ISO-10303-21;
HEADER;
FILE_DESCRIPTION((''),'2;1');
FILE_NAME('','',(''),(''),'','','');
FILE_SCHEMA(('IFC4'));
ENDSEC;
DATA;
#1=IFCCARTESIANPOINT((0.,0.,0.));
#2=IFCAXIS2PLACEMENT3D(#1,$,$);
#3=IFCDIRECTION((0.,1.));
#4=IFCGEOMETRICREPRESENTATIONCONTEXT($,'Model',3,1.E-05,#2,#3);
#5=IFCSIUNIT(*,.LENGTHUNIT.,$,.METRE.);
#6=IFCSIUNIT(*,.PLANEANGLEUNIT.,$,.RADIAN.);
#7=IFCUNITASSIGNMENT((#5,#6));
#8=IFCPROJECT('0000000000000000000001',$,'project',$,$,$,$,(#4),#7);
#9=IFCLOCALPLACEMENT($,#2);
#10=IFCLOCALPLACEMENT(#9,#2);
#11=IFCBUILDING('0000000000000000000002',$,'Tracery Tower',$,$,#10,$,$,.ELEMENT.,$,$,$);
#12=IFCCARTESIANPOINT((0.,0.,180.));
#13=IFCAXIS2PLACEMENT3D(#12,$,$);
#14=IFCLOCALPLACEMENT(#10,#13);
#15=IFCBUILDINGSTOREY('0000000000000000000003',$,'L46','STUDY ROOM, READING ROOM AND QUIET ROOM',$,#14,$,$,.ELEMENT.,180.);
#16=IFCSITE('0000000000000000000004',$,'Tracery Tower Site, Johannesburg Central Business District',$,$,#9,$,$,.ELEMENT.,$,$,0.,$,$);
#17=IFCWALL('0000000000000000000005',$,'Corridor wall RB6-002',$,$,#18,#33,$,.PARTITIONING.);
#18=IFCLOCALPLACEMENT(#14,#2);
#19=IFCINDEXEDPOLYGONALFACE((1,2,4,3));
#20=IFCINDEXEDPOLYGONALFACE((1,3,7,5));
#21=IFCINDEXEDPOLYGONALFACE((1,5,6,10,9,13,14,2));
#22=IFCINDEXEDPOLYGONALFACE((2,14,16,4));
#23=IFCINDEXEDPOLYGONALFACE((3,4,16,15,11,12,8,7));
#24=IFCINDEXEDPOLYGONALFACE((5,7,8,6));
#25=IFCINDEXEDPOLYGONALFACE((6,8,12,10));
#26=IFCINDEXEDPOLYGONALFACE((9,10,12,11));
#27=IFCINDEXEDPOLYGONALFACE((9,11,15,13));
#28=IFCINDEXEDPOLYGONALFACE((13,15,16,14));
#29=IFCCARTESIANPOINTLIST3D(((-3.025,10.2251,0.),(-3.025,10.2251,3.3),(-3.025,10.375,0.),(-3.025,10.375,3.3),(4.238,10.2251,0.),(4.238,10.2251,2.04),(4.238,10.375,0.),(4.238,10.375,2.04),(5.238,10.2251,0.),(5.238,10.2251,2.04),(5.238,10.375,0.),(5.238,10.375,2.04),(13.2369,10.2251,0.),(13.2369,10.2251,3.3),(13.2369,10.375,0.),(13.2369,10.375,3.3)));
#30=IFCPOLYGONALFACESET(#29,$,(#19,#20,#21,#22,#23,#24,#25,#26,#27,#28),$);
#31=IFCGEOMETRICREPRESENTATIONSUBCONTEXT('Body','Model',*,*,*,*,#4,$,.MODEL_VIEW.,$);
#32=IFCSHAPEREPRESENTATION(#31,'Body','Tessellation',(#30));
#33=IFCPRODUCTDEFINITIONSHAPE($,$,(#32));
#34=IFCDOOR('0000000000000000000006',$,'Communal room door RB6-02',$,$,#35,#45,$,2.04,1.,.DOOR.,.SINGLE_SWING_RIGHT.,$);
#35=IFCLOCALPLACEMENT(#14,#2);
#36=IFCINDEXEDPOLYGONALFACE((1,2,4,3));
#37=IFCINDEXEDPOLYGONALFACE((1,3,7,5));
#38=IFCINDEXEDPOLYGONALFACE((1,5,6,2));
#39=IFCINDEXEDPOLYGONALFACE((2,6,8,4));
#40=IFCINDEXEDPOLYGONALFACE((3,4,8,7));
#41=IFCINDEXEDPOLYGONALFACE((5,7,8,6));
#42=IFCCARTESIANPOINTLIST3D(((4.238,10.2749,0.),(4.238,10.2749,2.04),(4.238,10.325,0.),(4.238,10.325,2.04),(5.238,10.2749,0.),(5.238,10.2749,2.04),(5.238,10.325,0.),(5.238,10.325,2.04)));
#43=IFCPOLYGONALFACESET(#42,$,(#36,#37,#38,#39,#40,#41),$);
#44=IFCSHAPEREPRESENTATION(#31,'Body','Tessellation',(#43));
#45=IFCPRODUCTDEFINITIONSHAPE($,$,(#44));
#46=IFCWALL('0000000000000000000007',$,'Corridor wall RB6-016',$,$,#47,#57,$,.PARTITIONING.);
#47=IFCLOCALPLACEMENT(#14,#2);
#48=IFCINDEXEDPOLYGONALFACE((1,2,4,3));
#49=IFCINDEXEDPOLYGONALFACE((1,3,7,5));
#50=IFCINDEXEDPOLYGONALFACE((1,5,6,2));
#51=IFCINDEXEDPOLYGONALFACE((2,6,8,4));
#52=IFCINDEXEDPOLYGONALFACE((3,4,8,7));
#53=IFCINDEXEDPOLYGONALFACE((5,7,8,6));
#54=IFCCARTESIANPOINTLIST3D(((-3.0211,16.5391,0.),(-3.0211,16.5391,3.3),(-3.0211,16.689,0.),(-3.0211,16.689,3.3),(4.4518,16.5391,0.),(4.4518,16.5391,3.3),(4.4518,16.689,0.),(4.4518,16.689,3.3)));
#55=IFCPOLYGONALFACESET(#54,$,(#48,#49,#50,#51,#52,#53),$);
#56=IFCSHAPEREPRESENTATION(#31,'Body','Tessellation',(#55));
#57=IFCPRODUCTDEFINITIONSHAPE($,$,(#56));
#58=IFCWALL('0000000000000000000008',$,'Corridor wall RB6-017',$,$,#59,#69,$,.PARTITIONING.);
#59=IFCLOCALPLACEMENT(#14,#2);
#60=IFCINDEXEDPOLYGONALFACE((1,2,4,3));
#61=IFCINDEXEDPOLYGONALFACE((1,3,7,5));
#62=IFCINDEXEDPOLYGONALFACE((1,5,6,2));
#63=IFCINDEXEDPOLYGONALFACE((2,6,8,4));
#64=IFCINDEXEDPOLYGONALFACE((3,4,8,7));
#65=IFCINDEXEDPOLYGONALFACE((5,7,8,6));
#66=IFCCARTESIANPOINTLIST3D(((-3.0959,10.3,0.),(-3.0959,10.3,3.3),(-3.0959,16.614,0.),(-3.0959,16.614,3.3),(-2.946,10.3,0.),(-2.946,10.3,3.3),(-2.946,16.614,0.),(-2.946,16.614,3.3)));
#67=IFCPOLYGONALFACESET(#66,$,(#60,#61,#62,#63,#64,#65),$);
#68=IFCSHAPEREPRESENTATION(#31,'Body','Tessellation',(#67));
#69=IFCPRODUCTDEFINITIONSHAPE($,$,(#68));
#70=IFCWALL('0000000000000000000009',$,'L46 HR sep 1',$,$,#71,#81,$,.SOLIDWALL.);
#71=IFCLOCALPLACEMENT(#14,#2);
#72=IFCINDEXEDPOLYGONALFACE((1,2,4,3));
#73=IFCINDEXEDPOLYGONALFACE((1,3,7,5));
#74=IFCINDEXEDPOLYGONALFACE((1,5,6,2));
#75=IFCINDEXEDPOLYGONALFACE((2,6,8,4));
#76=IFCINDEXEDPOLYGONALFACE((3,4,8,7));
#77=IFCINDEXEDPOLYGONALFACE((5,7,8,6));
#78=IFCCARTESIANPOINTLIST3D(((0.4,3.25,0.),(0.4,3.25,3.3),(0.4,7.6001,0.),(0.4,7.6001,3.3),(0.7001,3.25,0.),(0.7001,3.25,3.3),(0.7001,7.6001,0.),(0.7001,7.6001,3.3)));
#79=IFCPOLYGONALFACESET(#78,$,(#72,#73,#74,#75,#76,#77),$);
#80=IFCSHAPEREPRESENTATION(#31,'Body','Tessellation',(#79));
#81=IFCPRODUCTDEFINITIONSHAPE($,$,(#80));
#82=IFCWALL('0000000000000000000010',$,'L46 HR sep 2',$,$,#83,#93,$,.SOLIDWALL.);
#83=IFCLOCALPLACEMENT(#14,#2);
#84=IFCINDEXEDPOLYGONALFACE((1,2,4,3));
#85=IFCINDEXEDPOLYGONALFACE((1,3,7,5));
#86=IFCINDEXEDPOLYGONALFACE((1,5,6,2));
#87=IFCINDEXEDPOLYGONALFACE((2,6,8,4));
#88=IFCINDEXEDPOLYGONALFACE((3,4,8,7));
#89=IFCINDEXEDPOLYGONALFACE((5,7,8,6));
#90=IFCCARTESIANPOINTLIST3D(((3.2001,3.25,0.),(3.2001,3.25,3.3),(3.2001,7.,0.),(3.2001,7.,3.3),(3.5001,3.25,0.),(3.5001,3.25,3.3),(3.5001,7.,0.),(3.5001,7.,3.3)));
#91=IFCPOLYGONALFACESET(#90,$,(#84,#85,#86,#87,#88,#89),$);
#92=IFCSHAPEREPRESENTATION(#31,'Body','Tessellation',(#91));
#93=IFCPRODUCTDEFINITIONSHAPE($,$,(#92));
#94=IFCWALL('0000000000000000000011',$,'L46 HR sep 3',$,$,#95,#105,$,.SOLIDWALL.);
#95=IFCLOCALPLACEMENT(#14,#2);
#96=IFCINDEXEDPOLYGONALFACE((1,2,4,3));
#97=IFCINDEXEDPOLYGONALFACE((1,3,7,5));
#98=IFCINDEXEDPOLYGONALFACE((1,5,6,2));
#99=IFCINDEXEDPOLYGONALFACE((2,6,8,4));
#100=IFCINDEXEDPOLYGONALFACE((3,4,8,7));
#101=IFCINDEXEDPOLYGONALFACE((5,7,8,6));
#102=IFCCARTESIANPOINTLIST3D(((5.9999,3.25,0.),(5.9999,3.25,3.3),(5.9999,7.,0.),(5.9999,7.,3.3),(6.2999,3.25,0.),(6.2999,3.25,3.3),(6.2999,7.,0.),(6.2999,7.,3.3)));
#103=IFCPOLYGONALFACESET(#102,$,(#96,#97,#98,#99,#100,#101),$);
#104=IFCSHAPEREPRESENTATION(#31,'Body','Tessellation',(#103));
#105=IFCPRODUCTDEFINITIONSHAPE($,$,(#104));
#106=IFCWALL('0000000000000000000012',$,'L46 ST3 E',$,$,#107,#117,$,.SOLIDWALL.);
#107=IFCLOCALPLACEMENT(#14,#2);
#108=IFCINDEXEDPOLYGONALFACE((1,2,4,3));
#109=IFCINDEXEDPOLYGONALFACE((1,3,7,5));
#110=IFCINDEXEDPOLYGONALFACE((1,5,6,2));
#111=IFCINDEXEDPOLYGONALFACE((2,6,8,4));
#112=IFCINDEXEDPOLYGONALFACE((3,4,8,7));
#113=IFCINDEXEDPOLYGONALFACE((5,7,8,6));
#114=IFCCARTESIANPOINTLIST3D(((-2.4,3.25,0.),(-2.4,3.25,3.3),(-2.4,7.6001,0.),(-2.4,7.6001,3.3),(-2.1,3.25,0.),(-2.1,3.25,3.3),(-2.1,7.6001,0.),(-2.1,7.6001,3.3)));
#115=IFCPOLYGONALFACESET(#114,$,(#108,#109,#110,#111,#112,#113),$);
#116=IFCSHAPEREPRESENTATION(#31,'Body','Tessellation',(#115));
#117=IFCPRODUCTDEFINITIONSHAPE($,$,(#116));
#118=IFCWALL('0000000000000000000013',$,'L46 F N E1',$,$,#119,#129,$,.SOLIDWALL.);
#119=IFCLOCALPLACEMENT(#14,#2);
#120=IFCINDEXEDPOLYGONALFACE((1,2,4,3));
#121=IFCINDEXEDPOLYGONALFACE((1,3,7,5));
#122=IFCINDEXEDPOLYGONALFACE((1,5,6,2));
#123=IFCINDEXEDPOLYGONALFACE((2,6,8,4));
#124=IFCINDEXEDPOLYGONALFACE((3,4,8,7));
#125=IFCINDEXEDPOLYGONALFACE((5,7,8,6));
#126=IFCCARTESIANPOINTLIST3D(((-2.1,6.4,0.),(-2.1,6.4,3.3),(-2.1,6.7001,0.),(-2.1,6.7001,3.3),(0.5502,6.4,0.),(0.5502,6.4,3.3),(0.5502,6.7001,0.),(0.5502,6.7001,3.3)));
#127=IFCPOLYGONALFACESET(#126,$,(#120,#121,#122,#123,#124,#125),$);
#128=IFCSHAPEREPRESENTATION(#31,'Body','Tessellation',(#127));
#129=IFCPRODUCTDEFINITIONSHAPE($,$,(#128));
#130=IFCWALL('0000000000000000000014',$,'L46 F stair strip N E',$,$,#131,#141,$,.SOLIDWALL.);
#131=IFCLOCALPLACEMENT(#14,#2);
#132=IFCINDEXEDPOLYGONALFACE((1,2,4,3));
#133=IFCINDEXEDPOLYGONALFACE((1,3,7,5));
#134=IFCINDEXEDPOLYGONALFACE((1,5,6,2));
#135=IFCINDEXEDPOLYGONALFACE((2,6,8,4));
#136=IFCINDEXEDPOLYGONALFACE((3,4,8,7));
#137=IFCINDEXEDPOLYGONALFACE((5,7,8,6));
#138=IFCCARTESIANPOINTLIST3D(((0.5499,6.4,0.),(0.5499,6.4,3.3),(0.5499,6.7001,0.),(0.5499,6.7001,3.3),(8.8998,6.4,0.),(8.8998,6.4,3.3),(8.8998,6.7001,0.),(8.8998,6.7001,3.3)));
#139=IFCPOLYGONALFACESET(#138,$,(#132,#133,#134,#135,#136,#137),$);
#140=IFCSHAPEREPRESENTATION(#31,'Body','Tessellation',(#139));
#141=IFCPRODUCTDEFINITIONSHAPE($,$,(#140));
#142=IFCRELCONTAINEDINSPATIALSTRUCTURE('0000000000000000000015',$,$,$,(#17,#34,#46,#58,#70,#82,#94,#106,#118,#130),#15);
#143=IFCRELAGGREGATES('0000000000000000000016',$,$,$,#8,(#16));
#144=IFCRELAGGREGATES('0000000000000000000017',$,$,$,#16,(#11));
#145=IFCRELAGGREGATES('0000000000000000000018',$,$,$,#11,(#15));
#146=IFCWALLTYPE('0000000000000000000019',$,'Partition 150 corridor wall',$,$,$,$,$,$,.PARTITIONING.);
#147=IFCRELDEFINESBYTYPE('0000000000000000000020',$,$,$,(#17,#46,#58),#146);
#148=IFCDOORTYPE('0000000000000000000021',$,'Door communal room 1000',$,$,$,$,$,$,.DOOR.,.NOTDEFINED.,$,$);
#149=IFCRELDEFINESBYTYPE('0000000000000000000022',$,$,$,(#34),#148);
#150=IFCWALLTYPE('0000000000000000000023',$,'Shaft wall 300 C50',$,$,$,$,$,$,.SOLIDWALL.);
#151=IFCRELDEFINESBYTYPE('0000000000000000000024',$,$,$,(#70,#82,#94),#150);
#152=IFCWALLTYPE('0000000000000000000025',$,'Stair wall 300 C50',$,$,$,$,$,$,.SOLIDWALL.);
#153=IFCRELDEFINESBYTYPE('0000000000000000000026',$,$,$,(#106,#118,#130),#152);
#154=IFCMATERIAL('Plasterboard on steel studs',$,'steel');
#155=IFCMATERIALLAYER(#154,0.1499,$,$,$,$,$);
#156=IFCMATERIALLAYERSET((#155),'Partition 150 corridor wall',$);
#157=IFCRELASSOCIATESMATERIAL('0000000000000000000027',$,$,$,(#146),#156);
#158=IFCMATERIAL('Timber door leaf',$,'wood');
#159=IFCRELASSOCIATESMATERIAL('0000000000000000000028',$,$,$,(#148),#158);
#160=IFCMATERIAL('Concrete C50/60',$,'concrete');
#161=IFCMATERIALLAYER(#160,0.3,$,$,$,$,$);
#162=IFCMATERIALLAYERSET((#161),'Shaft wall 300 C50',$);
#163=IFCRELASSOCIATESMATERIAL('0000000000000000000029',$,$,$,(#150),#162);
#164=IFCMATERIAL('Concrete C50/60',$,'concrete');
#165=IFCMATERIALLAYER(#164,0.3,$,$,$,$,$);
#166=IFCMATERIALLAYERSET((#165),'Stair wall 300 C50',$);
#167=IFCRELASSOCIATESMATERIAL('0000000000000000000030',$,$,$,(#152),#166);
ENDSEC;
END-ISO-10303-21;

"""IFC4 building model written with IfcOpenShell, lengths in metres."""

from ifc_helpers import new_model, si_unit, direction, frame, frame_2d, origin, place, context, subcontext, project, spatial, rectangle, extrude, material, layer, layer_set, type_object, element, fill, save


model = new_model("IFC4")

# Units and contexts
model_context = context("Model", 3, precision=1e-05, world=origin(), true_north=direction((0.0, 1.0)))
body_context = subcontext(model_context, "Body", "Model", "MODEL_VIEW")
ifc_project = project(units=[si_unit("LENGTHUNIT", "METRE"), si_unit("PLANEANGLEUNIT", "RADIAN")], contexts=[model_context])

# Site, building, storey
site_placement = place(None, origin())
site = spatial("IfcSite", under=ifc_project, at=site_placement, Name="Tracery Tower Site, Johannesburg Central Business District", CompositionType="ELEMENT", RefElevation=0.0)
building_placement = place(site_placement, origin())
building = spatial("IfcBuilding", under=site, at=building_placement, Name="Tracery Tower", CompositionType="ELEMENT")
storey_placement = place(building_placement, frame((0.0, 0.0, 180.0)))
storey = spatial("IfcBuildingStorey", under=building, at=storey_placement, Name="L46", Description="STUDY ROOM, READING ROOM AND QUIET ROOM", CompositionType="ELEMENT", Elevation=180.0)

# Wall, opening, door
ifc_material_1 = material(Name="Plasterboard on steel studs", Category="steel")
ifc_layer_1 = layer(ifc_material_1, 0.1499)
ifc_layer_set_1 = layer_set([ifc_layer_1], Name="Partition 150 corridor wall")
wall_type_1 = type_object("IfcWallType", Name="Partition 150 corridor wall", PredefinedType="PARTITIONING", material=ifc_layer_set_1)
wall_1_placement = place(storey_placement, frame((-3.0249, 10.3, 0.0), z_axis=(0.0, 0.0, 1.0), x_axis=(1.0, 0.0, 0.0)))
wall_1 = element("IfcWall", 1, at=wall_1_placement, inside=storey, type_object=wall_type_1, Name="Corridor wall RB6-002", PredefinedType="PARTITIONING", context=body_context, shape_type="SweptSolid", body=[
    extrude(rectangle(XDim=16.262, YDim=0.1499, at=frame_2d((8.1309, 0.0))), origin(), (0.0, 0.0, 1.0), 3.3),
])
opening_1_placement = place(wall_1_placement, frame((7.2629, 0.0, 0.0)))
opening_1 = element("IfcOpeningElement", 2, at=opening_1_placement, cuts=wall_1, PredefinedType="OPENING", context=body_context, shape_type="SweptSolid", body=[
    extrude(rectangle(XDim=1.0, YDim=2.04, at=frame_2d((0.5, 1.02))), frame((0.0, 0.075, 0.0), z_axis=(0.0, -1.0, 0.0), x_axis=(1.0, 0.0, 0.0)), (0.0, 0.0, 1.0), 0.1499),
])
ifc_material_2 = material(Name="Timber door leaf", Category="wood")
door_type_1 = type_object("IfcDoorType", Name="Door communal room 1000", OperationType="NOTDEFINED", PredefinedType="DOOR", material=ifc_material_2)
door_1_placement = place(opening_1_placement, origin())
door_1 = element("IfcDoor", 3, at=door_1_placement, inside=storey, type_object=door_type_1, Name="Communal room door RB6-02", OperationType="SINGLE_SWING_RIGHT", OverallHeight=2.04, OverallWidth=1.0, PredefinedType="DOOR", context=body_context, shape_type="SweptSolid", body=[
    extrude(rectangle(XDim=1.0, YDim=2.04, at=frame_2d((0.5, 1.02))), frame((0.0, 0.0249, 0.0), z_axis=(0.0, -1.0, 0.0), x_axis=(1.0, 0.0, 0.0)), (0.0, 0.0, 1.0), 0.05),
])
fill(opening_1, door_1)

# Walls
wall_2_placement = place(storey_placement, frame((-3.021, 16.614, 0.0), z_axis=(0.0, 0.0, 1.0), x_axis=(1.0, 0.0, 0.0)))
element("IfcWall", 4, at=wall_2_placement, inside=storey, type_object=wall_type_1, Name="Corridor wall RB6-016", PredefinedType="PARTITIONING", context=body_context, shape_type="SweptSolid", body=[
    extrude(rectangle(XDim=7.4729, YDim=0.1499, at=frame_2d((3.7363, 0.0))), origin(), (0.0, 0.0, 1.0), 3.3),
])
wall_3_placement = place(storey_placement, frame((-3.021, 10.3, 0.0), z_axis=(0.0, 0.0, 1.0), x_axis=(0.0, 1.0, 0.0)))
element("IfcWall", 5, at=wall_3_placement, inside=storey, type_object=wall_type_1, Name="Corridor wall RB6-017", PredefinedType="PARTITIONING", context=body_context, shape_type="SweptSolid", body=[
    extrude(rectangle(XDim=6.314, YDim=0.1499, at=frame_2d((3.157, 0.0))), origin(), (0.0, 0.0, 1.0), 3.3),
])
ifc_material_3 = material(Name="Concrete C50/60", Category="concrete")
ifc_layer_2 = layer(ifc_material_3, 0.3)
ifc_layer_set_2 = layer_set([ifc_layer_2], Name="Shaft wall 300 C50")
wall_type_2 = type_object("IfcWallType", Name="Shaft wall 300 C50", PredefinedType="SOLIDWALL", material=ifc_layer_set_2)
wall_4_placement = place(storey_placement, frame((0.55, 3.25, 0.0), z_axis=(0.0, 0.0, 1.0), x_axis=(0.0, 1.0, 0.0)))
element("IfcWall", 6, at=wall_4_placement, inside=storey, type_object=wall_type_2, Name="L46 HR sep 1", PredefinedType="SOLIDWALL", context=body_context, shape_type="SweptSolid", body=[
    extrude(rectangle(XDim=4.3501, YDim=0.3, at=frame_2d((2.175, 0.0))), origin(), (0.0, 0.0, 1.0), 3.3),
])
for number, where, z_axis, x_axis, name in (
    (7, (3.3501, 3.25, 0.0), (0.0, 0.0, 1.0), (0.0, 1.0, 0.0), "L46 HR sep 2"),
    (8, (6.1499, 3.25, 0.0), (0.0, 0.0, 1.0), (0.0, 1.0, 0.0), "L46 HR sep 3"),
):
    element("IfcWall", number, at=place(storey_placement, frame(where, z_axis=z_axis, x_axis=x_axis)), inside=storey, type_object=wall_type_2, Name=name, PredefinedType="SOLIDWALL", context=body_context, shape_type="SweptSolid", body=[
        extrude(rectangle(XDim=3.75, YDim=0.3, at=frame_2d((1.875, 0.0))), origin(), (0.0, 0.0, 1.0), 3.3),
    ])

# Walls
ifc_material_4 = material(Name="Concrete C50/60", Category="concrete")
ifc_layer_3 = layer(ifc_material_4, 0.3)
ifc_layer_set_3 = layer_set([ifc_layer_3], Name="Stair wall 300 C50")
wall_type_3 = type_object("IfcWallType", Name="Stair wall 300 C50", PredefinedType="SOLIDWALL", material=ifc_layer_set_3)
wall_5_placement = place(storey_placement, frame((-2.25, 3.25, 0.0), z_axis=(0.0, 0.0, 1.0), x_axis=(0.0, 1.0, 0.0)))
element("IfcWall", 9, at=wall_5_placement, inside=storey, type_object=wall_type_3, Name="L46 ST3 E", PredefinedType="SOLIDWALL", context=body_context, shape_type="SweptSolid", body=[
    extrude(rectangle(XDim=4.3501, YDim=0.3, at=frame_2d((2.175, 0.0))), origin(), (0.0, 0.0, 1.0), 3.3),
])
wall_6_placement = place(storey_placement, frame((-2.1001, 6.55, 0.0), z_axis=(0.0, 0.0, 1.0), x_axis=(1.0, 0.0, 0.0)))
element("IfcWall", 10, at=wall_6_placement, inside=storey, type_object=wall_type_3, Name="L46 F N E1", PredefinedType="SOLIDWALL", context=body_context, shape_type="SweptSolid", body=[
    extrude(rectangle(XDim=2.6501, YDim=0.3, at=frame_2d((1.3252, 0.0))), origin(), (0.0, 0.0, 1.0), 3.3),
])
wall_7_placement = place(storey_placement, frame((0.55, 6.55, 0.0), z_axis=(0.0, 0.0, 1.0), x_axis=(1.0, 0.0, 0.0)))
element("IfcWall", 11, at=wall_7_placement, inside=storey, type_object=wall_type_3, Name="L46 F stair strip N E", PredefinedType="SOLIDWALL", context=body_context, shape_type="SweptSolid", body=[
    extrude(rectangle(XDim=8.3499, YDim=0.3, at=frame_2d((4.1748, 0.0))), origin(), (0.0, 0.0, 1.0), 3.3),
])

save(model, "model.ifc")
